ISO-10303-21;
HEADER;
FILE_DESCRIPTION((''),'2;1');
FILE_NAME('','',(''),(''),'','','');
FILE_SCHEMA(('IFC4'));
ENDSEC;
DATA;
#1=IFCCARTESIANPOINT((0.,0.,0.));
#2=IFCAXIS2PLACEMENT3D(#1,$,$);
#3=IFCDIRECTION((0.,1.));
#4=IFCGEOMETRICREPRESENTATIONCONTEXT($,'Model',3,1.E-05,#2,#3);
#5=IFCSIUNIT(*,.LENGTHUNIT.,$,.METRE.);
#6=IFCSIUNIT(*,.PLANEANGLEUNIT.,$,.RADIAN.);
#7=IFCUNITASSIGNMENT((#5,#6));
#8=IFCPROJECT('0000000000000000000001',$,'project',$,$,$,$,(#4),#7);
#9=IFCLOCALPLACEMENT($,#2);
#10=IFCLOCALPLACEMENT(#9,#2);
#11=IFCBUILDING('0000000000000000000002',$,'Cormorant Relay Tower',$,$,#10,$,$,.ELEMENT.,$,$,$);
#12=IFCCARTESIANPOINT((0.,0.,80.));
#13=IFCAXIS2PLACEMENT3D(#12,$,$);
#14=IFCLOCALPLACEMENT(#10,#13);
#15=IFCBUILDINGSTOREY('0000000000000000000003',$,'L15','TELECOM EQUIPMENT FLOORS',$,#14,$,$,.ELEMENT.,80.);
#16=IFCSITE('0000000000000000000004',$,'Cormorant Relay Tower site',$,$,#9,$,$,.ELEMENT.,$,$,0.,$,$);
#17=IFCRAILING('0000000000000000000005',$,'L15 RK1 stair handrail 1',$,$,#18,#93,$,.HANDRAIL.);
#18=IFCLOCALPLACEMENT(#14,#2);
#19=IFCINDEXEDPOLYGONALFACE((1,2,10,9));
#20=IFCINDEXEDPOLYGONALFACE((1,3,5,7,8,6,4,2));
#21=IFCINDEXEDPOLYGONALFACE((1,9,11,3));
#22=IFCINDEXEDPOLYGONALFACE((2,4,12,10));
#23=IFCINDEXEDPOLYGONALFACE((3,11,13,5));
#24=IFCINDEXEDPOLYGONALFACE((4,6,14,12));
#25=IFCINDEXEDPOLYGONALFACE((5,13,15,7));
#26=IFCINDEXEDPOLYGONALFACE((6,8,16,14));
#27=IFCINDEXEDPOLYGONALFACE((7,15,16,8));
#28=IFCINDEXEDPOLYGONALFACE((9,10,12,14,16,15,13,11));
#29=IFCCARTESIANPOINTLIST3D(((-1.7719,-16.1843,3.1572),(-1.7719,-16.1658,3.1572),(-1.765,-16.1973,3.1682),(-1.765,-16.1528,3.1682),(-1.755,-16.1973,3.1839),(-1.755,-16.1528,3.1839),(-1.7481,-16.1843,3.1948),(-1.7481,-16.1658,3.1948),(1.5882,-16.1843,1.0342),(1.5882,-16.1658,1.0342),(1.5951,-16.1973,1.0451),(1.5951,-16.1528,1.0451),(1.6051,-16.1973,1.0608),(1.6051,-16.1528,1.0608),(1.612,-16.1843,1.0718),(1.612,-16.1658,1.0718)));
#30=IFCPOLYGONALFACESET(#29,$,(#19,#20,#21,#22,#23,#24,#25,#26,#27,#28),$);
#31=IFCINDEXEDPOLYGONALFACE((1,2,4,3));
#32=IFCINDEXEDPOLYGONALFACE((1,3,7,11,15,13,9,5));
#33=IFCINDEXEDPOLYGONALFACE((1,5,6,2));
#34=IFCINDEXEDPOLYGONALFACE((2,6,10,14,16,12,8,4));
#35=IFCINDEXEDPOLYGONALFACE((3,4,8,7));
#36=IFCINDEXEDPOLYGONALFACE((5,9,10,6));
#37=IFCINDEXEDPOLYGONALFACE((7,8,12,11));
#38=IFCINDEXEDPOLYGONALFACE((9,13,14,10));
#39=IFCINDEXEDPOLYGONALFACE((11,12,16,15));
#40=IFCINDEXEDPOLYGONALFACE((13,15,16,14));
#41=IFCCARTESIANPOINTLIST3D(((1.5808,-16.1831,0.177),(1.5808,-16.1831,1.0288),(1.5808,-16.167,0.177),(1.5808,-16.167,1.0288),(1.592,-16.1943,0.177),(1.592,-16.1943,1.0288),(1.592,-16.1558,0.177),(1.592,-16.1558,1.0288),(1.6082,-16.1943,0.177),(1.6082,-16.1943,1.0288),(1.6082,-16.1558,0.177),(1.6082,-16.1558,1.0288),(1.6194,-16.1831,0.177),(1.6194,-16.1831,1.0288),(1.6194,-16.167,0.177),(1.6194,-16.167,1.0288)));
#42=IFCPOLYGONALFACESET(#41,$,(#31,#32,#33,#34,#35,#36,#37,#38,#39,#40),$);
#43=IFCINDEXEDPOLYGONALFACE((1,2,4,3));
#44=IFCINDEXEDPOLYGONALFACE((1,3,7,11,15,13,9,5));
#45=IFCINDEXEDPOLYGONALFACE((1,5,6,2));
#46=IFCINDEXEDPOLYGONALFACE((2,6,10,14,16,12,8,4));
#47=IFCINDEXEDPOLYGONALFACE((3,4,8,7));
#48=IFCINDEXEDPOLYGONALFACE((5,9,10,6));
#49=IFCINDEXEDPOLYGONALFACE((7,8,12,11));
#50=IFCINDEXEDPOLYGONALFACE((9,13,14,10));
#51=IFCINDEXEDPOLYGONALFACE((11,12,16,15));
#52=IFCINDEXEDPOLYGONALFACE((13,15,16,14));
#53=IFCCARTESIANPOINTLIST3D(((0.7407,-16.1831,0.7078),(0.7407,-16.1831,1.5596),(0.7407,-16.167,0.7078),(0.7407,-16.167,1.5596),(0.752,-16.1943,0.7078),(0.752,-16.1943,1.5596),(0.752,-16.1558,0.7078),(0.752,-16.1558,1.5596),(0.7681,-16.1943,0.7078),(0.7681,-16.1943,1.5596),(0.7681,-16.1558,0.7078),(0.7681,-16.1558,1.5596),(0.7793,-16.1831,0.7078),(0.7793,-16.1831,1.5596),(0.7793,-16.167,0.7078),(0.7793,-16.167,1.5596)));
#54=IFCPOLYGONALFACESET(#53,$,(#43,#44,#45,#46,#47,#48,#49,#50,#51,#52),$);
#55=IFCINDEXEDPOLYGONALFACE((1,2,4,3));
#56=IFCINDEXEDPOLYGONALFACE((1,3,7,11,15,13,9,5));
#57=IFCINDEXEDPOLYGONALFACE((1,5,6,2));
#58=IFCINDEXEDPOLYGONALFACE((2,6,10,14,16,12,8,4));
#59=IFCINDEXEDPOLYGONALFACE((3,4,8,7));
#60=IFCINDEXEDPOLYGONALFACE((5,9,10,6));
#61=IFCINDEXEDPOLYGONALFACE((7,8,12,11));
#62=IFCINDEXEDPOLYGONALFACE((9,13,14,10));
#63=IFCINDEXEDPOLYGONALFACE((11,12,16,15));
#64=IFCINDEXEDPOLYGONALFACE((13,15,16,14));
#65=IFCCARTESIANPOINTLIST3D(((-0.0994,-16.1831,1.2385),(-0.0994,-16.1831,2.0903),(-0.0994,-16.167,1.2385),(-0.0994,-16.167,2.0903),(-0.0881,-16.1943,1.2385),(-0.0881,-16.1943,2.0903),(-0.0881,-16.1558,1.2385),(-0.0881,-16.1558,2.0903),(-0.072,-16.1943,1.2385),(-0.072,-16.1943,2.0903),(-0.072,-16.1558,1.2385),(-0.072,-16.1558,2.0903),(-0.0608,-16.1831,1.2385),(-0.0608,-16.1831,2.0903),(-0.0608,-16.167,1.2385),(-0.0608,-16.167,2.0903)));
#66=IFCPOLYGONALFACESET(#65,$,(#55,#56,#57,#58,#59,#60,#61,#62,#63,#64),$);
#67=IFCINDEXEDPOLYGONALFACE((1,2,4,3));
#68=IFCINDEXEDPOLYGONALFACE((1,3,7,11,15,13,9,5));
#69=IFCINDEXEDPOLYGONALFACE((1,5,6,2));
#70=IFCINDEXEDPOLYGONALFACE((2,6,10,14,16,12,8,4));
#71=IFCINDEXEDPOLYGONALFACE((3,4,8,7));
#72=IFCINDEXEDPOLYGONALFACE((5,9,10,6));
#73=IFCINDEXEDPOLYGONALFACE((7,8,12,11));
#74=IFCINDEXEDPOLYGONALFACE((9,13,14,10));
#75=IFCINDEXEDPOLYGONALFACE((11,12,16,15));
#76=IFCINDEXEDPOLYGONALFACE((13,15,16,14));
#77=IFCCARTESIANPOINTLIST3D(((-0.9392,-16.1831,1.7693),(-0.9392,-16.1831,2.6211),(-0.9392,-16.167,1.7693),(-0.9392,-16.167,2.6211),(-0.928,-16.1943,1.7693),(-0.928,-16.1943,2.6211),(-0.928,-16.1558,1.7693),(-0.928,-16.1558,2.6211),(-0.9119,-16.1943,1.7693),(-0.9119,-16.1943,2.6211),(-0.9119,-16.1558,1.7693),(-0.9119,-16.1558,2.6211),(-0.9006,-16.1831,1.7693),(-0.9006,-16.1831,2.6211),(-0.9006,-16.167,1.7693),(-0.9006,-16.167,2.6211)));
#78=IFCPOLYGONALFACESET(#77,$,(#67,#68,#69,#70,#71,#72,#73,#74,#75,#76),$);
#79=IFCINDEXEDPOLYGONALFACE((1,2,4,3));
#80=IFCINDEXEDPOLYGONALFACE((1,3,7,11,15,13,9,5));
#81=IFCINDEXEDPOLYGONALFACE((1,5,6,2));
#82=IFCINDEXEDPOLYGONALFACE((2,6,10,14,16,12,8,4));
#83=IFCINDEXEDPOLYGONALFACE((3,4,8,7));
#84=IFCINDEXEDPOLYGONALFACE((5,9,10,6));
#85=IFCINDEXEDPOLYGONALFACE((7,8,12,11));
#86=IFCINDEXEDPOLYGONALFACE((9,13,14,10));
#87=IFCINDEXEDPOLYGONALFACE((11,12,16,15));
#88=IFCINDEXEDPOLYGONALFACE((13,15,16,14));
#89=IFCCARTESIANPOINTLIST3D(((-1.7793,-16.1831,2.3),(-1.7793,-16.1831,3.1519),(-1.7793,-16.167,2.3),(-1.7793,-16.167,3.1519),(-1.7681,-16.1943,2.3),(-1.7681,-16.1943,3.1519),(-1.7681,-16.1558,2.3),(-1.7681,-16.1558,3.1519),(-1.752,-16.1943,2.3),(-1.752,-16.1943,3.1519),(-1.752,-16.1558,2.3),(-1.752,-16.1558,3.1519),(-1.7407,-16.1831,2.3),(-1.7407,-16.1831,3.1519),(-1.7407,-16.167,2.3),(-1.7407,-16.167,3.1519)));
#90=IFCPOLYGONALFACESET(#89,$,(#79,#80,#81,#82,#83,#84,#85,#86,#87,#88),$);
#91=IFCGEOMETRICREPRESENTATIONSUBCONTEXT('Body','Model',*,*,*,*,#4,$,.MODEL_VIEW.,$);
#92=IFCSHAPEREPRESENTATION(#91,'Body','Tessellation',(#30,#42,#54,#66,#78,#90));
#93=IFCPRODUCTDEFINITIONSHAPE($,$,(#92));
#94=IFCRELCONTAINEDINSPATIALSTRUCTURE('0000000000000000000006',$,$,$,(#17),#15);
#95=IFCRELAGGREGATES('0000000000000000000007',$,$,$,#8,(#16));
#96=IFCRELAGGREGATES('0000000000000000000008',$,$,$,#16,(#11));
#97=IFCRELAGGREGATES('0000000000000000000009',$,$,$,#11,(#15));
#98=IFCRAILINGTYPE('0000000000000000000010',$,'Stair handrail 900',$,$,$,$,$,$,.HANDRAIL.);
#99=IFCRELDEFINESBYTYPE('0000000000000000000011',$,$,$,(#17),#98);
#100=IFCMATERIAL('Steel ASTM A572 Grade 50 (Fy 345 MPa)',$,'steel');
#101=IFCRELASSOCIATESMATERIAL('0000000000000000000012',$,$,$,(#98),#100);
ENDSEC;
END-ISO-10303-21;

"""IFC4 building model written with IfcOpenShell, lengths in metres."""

from ifc_helpers import new_model, si_unit, direction, frame, origin, place, context, subcontext, project, spatial, polyline, outline, extrude, material, type_object, element, save


model = new_model("IFC4")

# Units and contexts
model_context = context("Model", 3, precision=1e-05, world=origin(), true_north=direction((0.0, 1.0)))
body_context = subcontext(model_context, "Body", "Model", "MODEL_VIEW")
ifc_project = project(units=[si_unit("LENGTHUNIT", "METRE"), si_unit("PLANEANGLEUNIT", "RADIAN")], contexts=[model_context])

# Site, building, storey
site_placement = place(None, origin())
site = spatial("IfcSite", under=ifc_project, at=site_placement, Name="Cormorant Relay Tower site", CompositionType="ELEMENT", RefElevation=0.0)
building_placement = place(site_placement, origin())
building = spatial("IfcBuilding", under=site, at=building_placement, Name="Cormorant Relay Tower", CompositionType="ELEMENT")
storey_placement = place(building_placement, frame((0.0, 0.0, 80.0)))
storey = spatial("IfcBuildingStorey", under=building, at=storey_placement, Name="L15", Description="TELECOM EQUIPMENT FLOORS", CompositionType="ELEMENT", Elevation=80.0)

# Railing
ifc_material_1 = material(Name="Steel ASTM A572 Grade 50 (Fy 345 MPa)", Category="steel")
railing_type_1 = type_object("IfcRailingType", Name="Stair handrail 900", PredefinedType="HANDRAIL", material=ifc_material_1)
railing_1_placement = place(storey_placement, frame((1.6001, -16.175, 0.177)))
element("IfcRailing", 1, at=railing_1_placement, inside=storey, type_object=railing_type_1, Name="L15 RK1 stair handrail 1", PredefinedType="HANDRAIL", context=body_context, shape_type="SweptSolid", body=[
    extrude(outline(polyline([(0.0222, 0.0093), (0.0093, 0.0222), (-0.0093, 0.0222), (-0.0222, 0.0093), (-0.0222, -0.0093), (-0.0093, -0.0222), (0.0093, -0.0222), (0.0222, -0.0093), (0.0222, 0.0093)])), frame((0.0, 0.0, 0.876), z_axis=(-0.84539, 0.0, 0.53415), x_axis=(0.0, -1.0, 0.0)), (0.0, 0.0, 1.0), 3.9746),
    extrude(outline(polyline([(0.0193, 0.0081), (0.0081, 0.0193), (-0.0081, 0.0193), (-0.0193, 0.0081), (-0.0193, -0.0081), (-0.0081, -0.0193), (0.0081, -0.0193), (0.0193, -0.0081), (0.0193, 0.0081)])), origin(), (0.0, 0.0, 1.0), 0.8518),
    extrude(outline(polyline([(0.0193, 0.0081), (0.0081, 0.0193), (-0.0081, 0.0193), (-0.0193, 0.0081), (-0.0193, -0.0081), (-0.0081, -0.0193), (0.0081, -0.0193), (0.0193, -0.0081), (0.0193, 0.0081)])), frame((-0.8401, 0.0, 0.5308)), (0.0, 0.0, 1.0), 0.8518),
    extrude(outline(polyline([(0.0193, 0.0081), (0.0081, 0.0193), (-0.0081, 0.0193), (-0.0193, 0.0081), (-0.0193, -0.0081), (-0.0081, -0.0193), (0.0081, -0.0193), (0.0193, -0.0081), (0.0193, 0.0081)])), frame((-1.6802, 0.0, 1.0615)), (0.0, 0.0, 1.0), 0.8518),
    extrude(outline(polyline([(0.0193, 0.0081), (0.0081, 0.0193), (-0.0081, 0.0193), (-0.0193, 0.0081), (-0.0193, -0.0081), (-0.0081, -0.0193), (0.0081, -0.0193), (0.0193, -0.0081), (0.0193, 0.0081)])), frame((-2.52, 0.0, 1.5923)), (0.0, 0.0, 1.0), 0.8518),
    extrude(outline(polyline([(0.0193, 0.0081), (0.0081, 0.0193), (-0.0081, 0.0193), (-0.0193, 0.0081), (-0.0193, -0.0081), (-0.0081, -0.0193), (0.0081, -0.0193), (0.0193, -0.0081), (0.0193, 0.0081)])), frame((-3.3601, 0.0, 2.123)), (0.0, 0.0, 1.0), 0.8518),
])

save(model, "model.ifc")
